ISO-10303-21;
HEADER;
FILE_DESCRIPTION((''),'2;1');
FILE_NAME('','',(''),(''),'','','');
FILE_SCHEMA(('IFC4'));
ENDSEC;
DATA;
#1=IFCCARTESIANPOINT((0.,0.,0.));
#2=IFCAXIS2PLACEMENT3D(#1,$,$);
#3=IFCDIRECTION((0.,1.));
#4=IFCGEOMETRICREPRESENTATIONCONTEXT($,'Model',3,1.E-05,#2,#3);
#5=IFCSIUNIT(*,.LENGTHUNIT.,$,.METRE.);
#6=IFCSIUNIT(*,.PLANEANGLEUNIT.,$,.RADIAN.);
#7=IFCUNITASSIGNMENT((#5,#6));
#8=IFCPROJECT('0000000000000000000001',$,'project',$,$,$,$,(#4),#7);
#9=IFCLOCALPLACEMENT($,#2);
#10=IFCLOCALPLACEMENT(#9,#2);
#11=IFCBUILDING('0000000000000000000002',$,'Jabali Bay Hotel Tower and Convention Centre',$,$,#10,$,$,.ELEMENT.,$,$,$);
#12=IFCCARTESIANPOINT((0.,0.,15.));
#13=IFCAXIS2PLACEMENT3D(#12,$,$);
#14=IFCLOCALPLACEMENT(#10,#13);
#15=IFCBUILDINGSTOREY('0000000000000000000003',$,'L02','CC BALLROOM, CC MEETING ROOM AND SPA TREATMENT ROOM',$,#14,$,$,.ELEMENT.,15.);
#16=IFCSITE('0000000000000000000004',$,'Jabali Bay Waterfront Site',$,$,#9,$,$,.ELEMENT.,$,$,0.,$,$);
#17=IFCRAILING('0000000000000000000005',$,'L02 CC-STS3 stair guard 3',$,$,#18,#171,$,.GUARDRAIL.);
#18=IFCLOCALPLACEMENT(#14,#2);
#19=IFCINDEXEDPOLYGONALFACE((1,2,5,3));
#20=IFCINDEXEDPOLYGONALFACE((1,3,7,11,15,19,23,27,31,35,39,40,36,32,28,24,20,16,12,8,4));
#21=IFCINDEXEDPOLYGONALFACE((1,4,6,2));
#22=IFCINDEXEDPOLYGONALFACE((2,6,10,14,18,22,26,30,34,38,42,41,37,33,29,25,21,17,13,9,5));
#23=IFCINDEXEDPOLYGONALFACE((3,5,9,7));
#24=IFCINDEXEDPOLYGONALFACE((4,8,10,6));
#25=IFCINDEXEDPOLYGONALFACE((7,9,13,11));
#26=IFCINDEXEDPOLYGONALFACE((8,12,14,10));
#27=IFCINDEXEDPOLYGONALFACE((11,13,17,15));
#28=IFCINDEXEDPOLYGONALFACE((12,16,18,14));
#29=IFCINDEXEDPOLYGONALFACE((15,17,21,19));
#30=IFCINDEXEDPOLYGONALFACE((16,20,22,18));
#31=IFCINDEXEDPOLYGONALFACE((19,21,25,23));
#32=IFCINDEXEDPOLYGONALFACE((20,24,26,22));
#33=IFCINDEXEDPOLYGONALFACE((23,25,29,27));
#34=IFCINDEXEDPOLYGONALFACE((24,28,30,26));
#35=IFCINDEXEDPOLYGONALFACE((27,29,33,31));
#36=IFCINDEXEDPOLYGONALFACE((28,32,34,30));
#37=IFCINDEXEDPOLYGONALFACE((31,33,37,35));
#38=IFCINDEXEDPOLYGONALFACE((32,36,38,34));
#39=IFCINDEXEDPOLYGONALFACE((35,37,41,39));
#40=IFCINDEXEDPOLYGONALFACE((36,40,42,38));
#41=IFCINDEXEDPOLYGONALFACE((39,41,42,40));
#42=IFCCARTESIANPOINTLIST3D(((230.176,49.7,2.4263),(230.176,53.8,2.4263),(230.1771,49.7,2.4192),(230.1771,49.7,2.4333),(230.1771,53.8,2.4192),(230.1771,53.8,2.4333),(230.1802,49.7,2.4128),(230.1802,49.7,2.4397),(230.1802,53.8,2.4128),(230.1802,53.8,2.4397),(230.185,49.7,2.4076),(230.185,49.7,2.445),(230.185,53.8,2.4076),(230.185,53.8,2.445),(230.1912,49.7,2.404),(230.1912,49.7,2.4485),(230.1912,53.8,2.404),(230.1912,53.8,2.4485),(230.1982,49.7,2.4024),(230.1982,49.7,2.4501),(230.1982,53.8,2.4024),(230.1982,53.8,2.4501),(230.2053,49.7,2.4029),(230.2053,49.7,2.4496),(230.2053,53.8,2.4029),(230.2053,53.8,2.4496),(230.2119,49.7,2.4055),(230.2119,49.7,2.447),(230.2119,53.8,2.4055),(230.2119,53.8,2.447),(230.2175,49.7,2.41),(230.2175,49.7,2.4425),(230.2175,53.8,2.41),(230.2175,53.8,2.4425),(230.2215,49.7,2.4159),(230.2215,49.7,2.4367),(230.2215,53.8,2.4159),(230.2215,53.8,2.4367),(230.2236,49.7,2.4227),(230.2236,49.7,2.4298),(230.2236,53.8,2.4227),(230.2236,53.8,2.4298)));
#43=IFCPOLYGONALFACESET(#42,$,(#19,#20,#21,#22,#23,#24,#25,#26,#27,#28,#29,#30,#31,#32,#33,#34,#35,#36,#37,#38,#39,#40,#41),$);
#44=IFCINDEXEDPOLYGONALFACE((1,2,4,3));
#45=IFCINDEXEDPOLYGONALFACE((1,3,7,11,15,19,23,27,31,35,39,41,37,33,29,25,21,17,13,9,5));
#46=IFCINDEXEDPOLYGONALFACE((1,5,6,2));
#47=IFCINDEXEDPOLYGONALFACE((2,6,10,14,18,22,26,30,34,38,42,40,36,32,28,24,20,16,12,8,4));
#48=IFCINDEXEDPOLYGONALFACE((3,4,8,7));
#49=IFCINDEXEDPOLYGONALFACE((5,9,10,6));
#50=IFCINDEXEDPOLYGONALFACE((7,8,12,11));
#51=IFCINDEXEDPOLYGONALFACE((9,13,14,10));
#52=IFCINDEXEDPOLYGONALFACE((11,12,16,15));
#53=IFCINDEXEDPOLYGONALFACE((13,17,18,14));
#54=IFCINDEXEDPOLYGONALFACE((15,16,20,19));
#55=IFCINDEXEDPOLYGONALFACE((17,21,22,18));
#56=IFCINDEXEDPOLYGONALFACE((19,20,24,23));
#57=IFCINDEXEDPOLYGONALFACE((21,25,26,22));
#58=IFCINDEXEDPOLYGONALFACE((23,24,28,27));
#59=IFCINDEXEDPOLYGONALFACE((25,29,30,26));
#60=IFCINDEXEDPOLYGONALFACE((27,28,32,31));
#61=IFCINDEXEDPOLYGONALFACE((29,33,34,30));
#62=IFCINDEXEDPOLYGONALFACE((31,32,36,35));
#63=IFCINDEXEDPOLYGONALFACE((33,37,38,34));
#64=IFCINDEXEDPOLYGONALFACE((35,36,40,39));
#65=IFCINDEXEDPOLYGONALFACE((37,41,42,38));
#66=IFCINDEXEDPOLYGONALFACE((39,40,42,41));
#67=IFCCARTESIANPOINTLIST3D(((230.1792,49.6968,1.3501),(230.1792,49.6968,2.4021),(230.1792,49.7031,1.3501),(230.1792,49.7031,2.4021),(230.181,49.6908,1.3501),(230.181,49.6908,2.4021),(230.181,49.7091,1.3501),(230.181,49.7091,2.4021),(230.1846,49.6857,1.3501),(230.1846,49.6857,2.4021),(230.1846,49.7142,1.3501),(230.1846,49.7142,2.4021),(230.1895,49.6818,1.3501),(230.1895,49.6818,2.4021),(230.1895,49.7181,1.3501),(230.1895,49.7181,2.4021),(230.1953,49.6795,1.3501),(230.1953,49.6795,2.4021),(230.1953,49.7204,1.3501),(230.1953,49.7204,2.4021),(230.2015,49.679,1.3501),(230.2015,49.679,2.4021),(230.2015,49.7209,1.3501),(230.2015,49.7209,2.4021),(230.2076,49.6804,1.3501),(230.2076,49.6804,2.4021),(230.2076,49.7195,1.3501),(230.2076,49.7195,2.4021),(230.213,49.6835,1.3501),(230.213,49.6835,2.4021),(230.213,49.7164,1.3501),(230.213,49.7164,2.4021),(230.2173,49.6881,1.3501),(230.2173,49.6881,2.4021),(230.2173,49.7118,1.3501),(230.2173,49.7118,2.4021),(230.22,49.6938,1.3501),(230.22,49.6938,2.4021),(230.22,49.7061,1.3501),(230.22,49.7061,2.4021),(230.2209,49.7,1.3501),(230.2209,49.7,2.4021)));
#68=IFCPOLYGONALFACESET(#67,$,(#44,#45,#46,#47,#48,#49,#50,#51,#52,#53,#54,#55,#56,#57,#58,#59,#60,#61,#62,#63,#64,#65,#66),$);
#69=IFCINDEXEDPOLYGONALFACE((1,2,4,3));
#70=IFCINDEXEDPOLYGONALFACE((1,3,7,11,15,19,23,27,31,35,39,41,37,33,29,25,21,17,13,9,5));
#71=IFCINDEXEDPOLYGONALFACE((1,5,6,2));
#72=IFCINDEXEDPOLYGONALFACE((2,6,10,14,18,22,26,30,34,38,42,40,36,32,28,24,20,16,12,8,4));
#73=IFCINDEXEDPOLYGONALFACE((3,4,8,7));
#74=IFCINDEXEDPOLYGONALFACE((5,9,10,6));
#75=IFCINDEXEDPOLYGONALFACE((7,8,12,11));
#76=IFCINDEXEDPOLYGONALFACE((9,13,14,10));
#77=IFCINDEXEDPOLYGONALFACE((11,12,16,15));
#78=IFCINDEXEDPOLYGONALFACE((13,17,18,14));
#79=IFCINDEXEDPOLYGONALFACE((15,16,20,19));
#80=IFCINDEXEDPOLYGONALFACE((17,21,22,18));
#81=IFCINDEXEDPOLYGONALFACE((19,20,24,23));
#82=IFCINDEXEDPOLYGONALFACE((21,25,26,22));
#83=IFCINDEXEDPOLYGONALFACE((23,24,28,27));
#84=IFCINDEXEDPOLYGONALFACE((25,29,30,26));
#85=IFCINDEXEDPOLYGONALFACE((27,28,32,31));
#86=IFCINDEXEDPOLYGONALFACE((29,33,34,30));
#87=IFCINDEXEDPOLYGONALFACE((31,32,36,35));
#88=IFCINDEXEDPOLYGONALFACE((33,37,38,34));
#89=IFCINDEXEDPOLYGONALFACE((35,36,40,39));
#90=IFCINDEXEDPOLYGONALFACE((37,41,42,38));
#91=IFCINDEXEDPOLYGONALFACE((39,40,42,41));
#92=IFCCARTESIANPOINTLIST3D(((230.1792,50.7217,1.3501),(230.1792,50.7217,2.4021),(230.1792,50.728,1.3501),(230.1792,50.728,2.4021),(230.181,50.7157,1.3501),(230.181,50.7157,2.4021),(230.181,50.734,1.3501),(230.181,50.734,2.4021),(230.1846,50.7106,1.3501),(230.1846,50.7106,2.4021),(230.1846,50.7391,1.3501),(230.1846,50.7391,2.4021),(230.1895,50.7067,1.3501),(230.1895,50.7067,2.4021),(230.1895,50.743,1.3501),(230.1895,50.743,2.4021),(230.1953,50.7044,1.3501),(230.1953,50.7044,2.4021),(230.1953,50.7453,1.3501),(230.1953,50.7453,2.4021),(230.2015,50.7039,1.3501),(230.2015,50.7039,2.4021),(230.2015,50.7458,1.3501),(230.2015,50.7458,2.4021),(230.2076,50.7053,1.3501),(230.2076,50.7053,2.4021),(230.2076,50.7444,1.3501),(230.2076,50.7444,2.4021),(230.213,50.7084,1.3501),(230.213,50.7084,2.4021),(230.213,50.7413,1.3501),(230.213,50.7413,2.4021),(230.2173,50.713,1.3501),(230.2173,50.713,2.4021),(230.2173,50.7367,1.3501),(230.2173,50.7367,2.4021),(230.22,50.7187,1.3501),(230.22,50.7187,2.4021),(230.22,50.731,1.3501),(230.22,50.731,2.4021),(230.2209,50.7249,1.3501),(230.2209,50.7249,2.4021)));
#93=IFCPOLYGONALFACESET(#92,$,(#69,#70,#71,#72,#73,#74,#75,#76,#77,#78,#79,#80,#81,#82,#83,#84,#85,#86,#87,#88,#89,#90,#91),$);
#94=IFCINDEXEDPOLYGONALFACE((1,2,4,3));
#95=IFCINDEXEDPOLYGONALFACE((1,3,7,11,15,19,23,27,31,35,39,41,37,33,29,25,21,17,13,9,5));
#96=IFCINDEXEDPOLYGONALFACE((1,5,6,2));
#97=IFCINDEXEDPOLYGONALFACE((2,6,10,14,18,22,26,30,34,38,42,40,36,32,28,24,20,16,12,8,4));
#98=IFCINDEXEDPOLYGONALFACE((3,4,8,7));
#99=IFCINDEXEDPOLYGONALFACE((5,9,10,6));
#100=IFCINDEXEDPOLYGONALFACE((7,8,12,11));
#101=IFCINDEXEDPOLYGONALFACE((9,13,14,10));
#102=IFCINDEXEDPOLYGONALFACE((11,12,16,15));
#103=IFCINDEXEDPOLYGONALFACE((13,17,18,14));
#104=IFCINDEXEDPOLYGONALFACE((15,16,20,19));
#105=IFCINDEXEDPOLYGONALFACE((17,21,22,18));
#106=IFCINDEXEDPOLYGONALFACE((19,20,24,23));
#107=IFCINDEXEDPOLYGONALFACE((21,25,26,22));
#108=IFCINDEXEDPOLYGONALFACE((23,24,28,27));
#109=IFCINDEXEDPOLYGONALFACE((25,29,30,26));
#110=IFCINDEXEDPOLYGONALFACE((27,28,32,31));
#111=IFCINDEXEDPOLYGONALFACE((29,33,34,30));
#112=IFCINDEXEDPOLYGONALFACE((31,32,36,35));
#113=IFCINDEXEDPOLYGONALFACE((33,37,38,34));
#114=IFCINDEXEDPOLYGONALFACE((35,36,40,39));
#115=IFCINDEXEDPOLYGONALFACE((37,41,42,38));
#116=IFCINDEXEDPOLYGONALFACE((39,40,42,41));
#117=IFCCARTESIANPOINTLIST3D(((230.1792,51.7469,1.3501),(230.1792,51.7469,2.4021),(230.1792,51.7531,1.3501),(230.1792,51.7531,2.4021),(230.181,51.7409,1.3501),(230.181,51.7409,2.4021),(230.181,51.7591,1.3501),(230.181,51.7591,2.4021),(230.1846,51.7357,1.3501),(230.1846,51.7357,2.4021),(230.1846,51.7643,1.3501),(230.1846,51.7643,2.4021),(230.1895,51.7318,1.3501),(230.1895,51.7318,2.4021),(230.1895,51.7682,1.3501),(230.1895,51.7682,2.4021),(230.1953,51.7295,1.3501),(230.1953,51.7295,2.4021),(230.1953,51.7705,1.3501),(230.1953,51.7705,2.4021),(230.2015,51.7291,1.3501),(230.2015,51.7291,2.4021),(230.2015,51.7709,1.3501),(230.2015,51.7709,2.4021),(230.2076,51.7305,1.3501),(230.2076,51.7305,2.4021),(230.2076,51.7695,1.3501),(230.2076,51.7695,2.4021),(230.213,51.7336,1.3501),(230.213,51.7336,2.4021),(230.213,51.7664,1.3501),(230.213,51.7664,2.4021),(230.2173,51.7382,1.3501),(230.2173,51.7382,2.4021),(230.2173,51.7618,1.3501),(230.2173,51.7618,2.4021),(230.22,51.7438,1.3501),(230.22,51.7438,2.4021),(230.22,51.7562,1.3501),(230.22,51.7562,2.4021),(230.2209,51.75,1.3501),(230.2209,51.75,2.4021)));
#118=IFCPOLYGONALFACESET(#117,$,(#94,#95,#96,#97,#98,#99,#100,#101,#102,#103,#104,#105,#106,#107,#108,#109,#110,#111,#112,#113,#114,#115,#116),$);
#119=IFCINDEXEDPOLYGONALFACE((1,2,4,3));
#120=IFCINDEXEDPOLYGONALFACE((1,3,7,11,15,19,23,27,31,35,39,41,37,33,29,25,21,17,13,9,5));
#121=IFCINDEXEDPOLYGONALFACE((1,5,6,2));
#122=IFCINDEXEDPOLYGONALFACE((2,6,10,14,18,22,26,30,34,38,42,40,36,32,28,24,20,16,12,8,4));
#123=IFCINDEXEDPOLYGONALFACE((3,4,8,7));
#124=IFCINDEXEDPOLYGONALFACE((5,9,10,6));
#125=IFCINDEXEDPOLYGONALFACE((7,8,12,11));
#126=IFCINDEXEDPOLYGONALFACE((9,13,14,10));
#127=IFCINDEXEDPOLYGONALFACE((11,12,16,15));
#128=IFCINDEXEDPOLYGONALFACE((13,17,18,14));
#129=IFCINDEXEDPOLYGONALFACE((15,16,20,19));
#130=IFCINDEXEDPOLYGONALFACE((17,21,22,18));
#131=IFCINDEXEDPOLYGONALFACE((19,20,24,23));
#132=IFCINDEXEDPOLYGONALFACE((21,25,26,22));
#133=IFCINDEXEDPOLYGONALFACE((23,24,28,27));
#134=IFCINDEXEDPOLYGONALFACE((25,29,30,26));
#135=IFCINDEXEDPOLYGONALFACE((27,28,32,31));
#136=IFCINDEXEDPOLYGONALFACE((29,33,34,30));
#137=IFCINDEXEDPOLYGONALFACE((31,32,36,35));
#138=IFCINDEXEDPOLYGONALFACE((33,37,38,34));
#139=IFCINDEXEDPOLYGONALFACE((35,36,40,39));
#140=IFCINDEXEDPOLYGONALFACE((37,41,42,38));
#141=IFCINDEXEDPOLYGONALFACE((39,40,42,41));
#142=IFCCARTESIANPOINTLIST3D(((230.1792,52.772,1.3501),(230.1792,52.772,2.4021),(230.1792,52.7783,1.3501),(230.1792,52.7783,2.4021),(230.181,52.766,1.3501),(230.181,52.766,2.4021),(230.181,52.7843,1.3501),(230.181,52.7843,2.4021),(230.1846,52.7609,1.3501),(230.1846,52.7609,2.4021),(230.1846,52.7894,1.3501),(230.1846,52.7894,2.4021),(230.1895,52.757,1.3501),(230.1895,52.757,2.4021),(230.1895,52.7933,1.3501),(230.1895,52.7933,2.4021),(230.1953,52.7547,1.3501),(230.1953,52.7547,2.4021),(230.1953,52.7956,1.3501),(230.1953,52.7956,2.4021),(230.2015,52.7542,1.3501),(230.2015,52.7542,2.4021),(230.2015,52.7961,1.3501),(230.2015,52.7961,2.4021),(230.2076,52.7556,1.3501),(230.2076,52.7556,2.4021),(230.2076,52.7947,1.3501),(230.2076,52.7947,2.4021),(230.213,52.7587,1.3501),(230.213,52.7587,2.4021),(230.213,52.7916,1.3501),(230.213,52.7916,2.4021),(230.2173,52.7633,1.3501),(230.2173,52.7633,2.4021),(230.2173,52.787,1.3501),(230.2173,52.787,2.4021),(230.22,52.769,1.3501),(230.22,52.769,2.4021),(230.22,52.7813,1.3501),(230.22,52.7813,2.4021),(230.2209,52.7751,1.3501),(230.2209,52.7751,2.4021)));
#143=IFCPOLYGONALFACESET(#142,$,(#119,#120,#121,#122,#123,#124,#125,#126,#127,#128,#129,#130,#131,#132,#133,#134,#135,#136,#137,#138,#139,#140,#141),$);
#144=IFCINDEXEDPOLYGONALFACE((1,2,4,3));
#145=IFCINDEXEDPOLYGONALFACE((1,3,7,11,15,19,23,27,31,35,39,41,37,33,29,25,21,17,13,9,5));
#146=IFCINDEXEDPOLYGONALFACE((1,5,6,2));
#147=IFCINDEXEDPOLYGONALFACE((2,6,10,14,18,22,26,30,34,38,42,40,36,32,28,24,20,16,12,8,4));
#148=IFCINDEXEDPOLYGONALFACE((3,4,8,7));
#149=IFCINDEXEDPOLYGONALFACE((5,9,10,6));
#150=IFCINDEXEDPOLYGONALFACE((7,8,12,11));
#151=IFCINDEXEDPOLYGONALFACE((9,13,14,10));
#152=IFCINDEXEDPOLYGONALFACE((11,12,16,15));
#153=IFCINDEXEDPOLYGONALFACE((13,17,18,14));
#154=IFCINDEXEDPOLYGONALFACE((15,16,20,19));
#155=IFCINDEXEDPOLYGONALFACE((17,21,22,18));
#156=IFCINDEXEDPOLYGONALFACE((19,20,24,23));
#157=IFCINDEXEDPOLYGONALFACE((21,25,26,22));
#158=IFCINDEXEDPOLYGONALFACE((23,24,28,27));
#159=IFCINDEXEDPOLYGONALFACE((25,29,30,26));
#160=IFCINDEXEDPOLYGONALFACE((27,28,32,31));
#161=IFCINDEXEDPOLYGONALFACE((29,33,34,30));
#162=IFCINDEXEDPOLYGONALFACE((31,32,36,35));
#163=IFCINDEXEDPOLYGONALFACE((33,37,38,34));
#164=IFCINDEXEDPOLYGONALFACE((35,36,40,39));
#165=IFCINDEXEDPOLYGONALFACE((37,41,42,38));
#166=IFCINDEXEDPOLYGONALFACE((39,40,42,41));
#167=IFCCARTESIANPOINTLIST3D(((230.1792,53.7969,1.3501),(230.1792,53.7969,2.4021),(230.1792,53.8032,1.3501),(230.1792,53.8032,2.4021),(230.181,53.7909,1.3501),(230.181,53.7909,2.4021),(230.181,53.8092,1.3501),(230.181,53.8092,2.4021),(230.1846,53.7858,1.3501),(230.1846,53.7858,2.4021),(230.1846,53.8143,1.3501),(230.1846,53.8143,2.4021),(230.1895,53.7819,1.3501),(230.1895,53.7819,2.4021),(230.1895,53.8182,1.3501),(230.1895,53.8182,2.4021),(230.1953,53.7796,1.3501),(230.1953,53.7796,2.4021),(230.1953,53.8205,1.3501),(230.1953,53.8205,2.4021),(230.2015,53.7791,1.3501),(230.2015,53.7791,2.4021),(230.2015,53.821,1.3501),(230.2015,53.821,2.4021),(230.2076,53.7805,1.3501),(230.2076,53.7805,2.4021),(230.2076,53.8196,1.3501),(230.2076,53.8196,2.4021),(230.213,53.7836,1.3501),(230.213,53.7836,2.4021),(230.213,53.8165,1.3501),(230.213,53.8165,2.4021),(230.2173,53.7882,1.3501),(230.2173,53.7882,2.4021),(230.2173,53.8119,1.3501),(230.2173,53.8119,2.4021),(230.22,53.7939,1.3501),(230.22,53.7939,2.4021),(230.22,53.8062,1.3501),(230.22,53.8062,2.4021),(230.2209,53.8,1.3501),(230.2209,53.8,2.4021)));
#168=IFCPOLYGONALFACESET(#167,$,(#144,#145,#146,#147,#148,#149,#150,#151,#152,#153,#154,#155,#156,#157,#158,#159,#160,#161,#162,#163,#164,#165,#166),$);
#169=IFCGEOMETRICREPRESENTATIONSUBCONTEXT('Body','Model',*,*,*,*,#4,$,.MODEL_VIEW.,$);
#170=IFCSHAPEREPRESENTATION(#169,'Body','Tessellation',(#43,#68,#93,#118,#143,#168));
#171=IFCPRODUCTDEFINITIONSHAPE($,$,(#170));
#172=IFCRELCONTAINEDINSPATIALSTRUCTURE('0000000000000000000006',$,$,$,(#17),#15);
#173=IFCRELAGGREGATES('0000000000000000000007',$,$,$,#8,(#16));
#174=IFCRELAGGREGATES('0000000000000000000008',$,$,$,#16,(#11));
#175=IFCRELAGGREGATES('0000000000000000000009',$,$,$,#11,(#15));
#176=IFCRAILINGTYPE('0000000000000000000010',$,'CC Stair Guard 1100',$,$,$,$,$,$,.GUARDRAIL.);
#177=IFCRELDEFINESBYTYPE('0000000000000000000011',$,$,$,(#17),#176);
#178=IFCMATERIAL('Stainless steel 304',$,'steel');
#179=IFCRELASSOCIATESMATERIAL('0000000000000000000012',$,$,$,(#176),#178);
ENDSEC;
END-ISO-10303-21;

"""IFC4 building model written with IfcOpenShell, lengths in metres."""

from ifc_helpers import new_model, si_unit, direction, frame, origin, origin_2d, place, context, subcontext, project, spatial, circle, extrude, material, type_object, element, save


model = new_model("IFC4")

# Units and contexts
model_context = context("Model", 3, precision=1e-05, world=origin(), true_north=direction((0.0, 1.0)))
body_context = subcontext(model_context, "Body", "Model", "MODEL_VIEW")
ifc_project = project(units=[si_unit("LENGTHUNIT", "METRE"), si_unit("PLANEANGLEUNIT", "RADIAN")], contexts=[model_context])

# Site, building, storey
site_placement = place(None, origin())
site = spatial("IfcSite", under=ifc_project, at=site_placement, Name="Jabali Bay Waterfront Site", CompositionType="ELEMENT", RefElevation=0.0)
building_placement = place(site_placement, origin())
building = spatial("IfcBuilding", under=site, at=building_placement, Name="Jabali Bay Hotel Tower and Convention Centre", CompositionType="ELEMENT")
storey_placement = place(building_placement, frame((0.0, 0.0, 15.0)))
storey = spatial("IfcBuildingStorey", under=building, at=storey_placement, Name="L02", Description="CC BALLROOM, CC MEETING ROOM AND SPA TREATMENT ROOM", CompositionType="ELEMENT", Elevation=15.0)

# Railing
ifc_material_1 = material(Name="Stainless steel 304", Category="steel")
railing_type_1 = type_object("IfcRailingType", Name="CC Stair Guard 1100", PredefinedType="GUARDRAIL", material=ifc_material_1)
for number, where, name in (
    (1, (230.2, 49.7, 1.3501), "L02 CC-STS3 stair guard 3"),
):
    element("IfcRailing", number, at=place(storey_placement, frame(where)), inside=storey, type_object=railing_type_1, Name=name, PredefinedType="GUARDRAIL", context=body_context, shape_type="SweptSolid", body=[
        extrude(circle(Radius=0.0239, at=origin_2d()), frame((0.0, 0.0, 1.0762), z_axis=(0.0, 1.0, 0.0), x_axis=(-1.0, 0.0, 0.0)), (0.0, 0.0, 1.0), 4.1001),
        extrude(circle(Radius=0.021, at=origin_2d()), origin(), (0.0, 0.0, 1.0), 1.052),
        extrude(circle(Radius=0.021, at=origin_2d()), frame((0.0, 1.0249, 0.0)), (0.0, 0.0, 1.0), 1.052),
        extrude(circle(Radius=0.021, at=origin_2d()), frame((0.0, 2.05, 0.0)), (0.0, 0.0, 1.0), 1.052),
        extrude(circle(Radius=0.021, at=origin_2d()), frame((0.0, 3.0752, 0.0)), (0.0, 0.0, 1.0), 1.052),
        extrude(circle(Radius=0.021, at=origin_2d()), frame((0.0, 4.1001, 0.0)), (0.0, 0.0, 1.0), 1.052),
    ])

save(model, "model.ifc")
